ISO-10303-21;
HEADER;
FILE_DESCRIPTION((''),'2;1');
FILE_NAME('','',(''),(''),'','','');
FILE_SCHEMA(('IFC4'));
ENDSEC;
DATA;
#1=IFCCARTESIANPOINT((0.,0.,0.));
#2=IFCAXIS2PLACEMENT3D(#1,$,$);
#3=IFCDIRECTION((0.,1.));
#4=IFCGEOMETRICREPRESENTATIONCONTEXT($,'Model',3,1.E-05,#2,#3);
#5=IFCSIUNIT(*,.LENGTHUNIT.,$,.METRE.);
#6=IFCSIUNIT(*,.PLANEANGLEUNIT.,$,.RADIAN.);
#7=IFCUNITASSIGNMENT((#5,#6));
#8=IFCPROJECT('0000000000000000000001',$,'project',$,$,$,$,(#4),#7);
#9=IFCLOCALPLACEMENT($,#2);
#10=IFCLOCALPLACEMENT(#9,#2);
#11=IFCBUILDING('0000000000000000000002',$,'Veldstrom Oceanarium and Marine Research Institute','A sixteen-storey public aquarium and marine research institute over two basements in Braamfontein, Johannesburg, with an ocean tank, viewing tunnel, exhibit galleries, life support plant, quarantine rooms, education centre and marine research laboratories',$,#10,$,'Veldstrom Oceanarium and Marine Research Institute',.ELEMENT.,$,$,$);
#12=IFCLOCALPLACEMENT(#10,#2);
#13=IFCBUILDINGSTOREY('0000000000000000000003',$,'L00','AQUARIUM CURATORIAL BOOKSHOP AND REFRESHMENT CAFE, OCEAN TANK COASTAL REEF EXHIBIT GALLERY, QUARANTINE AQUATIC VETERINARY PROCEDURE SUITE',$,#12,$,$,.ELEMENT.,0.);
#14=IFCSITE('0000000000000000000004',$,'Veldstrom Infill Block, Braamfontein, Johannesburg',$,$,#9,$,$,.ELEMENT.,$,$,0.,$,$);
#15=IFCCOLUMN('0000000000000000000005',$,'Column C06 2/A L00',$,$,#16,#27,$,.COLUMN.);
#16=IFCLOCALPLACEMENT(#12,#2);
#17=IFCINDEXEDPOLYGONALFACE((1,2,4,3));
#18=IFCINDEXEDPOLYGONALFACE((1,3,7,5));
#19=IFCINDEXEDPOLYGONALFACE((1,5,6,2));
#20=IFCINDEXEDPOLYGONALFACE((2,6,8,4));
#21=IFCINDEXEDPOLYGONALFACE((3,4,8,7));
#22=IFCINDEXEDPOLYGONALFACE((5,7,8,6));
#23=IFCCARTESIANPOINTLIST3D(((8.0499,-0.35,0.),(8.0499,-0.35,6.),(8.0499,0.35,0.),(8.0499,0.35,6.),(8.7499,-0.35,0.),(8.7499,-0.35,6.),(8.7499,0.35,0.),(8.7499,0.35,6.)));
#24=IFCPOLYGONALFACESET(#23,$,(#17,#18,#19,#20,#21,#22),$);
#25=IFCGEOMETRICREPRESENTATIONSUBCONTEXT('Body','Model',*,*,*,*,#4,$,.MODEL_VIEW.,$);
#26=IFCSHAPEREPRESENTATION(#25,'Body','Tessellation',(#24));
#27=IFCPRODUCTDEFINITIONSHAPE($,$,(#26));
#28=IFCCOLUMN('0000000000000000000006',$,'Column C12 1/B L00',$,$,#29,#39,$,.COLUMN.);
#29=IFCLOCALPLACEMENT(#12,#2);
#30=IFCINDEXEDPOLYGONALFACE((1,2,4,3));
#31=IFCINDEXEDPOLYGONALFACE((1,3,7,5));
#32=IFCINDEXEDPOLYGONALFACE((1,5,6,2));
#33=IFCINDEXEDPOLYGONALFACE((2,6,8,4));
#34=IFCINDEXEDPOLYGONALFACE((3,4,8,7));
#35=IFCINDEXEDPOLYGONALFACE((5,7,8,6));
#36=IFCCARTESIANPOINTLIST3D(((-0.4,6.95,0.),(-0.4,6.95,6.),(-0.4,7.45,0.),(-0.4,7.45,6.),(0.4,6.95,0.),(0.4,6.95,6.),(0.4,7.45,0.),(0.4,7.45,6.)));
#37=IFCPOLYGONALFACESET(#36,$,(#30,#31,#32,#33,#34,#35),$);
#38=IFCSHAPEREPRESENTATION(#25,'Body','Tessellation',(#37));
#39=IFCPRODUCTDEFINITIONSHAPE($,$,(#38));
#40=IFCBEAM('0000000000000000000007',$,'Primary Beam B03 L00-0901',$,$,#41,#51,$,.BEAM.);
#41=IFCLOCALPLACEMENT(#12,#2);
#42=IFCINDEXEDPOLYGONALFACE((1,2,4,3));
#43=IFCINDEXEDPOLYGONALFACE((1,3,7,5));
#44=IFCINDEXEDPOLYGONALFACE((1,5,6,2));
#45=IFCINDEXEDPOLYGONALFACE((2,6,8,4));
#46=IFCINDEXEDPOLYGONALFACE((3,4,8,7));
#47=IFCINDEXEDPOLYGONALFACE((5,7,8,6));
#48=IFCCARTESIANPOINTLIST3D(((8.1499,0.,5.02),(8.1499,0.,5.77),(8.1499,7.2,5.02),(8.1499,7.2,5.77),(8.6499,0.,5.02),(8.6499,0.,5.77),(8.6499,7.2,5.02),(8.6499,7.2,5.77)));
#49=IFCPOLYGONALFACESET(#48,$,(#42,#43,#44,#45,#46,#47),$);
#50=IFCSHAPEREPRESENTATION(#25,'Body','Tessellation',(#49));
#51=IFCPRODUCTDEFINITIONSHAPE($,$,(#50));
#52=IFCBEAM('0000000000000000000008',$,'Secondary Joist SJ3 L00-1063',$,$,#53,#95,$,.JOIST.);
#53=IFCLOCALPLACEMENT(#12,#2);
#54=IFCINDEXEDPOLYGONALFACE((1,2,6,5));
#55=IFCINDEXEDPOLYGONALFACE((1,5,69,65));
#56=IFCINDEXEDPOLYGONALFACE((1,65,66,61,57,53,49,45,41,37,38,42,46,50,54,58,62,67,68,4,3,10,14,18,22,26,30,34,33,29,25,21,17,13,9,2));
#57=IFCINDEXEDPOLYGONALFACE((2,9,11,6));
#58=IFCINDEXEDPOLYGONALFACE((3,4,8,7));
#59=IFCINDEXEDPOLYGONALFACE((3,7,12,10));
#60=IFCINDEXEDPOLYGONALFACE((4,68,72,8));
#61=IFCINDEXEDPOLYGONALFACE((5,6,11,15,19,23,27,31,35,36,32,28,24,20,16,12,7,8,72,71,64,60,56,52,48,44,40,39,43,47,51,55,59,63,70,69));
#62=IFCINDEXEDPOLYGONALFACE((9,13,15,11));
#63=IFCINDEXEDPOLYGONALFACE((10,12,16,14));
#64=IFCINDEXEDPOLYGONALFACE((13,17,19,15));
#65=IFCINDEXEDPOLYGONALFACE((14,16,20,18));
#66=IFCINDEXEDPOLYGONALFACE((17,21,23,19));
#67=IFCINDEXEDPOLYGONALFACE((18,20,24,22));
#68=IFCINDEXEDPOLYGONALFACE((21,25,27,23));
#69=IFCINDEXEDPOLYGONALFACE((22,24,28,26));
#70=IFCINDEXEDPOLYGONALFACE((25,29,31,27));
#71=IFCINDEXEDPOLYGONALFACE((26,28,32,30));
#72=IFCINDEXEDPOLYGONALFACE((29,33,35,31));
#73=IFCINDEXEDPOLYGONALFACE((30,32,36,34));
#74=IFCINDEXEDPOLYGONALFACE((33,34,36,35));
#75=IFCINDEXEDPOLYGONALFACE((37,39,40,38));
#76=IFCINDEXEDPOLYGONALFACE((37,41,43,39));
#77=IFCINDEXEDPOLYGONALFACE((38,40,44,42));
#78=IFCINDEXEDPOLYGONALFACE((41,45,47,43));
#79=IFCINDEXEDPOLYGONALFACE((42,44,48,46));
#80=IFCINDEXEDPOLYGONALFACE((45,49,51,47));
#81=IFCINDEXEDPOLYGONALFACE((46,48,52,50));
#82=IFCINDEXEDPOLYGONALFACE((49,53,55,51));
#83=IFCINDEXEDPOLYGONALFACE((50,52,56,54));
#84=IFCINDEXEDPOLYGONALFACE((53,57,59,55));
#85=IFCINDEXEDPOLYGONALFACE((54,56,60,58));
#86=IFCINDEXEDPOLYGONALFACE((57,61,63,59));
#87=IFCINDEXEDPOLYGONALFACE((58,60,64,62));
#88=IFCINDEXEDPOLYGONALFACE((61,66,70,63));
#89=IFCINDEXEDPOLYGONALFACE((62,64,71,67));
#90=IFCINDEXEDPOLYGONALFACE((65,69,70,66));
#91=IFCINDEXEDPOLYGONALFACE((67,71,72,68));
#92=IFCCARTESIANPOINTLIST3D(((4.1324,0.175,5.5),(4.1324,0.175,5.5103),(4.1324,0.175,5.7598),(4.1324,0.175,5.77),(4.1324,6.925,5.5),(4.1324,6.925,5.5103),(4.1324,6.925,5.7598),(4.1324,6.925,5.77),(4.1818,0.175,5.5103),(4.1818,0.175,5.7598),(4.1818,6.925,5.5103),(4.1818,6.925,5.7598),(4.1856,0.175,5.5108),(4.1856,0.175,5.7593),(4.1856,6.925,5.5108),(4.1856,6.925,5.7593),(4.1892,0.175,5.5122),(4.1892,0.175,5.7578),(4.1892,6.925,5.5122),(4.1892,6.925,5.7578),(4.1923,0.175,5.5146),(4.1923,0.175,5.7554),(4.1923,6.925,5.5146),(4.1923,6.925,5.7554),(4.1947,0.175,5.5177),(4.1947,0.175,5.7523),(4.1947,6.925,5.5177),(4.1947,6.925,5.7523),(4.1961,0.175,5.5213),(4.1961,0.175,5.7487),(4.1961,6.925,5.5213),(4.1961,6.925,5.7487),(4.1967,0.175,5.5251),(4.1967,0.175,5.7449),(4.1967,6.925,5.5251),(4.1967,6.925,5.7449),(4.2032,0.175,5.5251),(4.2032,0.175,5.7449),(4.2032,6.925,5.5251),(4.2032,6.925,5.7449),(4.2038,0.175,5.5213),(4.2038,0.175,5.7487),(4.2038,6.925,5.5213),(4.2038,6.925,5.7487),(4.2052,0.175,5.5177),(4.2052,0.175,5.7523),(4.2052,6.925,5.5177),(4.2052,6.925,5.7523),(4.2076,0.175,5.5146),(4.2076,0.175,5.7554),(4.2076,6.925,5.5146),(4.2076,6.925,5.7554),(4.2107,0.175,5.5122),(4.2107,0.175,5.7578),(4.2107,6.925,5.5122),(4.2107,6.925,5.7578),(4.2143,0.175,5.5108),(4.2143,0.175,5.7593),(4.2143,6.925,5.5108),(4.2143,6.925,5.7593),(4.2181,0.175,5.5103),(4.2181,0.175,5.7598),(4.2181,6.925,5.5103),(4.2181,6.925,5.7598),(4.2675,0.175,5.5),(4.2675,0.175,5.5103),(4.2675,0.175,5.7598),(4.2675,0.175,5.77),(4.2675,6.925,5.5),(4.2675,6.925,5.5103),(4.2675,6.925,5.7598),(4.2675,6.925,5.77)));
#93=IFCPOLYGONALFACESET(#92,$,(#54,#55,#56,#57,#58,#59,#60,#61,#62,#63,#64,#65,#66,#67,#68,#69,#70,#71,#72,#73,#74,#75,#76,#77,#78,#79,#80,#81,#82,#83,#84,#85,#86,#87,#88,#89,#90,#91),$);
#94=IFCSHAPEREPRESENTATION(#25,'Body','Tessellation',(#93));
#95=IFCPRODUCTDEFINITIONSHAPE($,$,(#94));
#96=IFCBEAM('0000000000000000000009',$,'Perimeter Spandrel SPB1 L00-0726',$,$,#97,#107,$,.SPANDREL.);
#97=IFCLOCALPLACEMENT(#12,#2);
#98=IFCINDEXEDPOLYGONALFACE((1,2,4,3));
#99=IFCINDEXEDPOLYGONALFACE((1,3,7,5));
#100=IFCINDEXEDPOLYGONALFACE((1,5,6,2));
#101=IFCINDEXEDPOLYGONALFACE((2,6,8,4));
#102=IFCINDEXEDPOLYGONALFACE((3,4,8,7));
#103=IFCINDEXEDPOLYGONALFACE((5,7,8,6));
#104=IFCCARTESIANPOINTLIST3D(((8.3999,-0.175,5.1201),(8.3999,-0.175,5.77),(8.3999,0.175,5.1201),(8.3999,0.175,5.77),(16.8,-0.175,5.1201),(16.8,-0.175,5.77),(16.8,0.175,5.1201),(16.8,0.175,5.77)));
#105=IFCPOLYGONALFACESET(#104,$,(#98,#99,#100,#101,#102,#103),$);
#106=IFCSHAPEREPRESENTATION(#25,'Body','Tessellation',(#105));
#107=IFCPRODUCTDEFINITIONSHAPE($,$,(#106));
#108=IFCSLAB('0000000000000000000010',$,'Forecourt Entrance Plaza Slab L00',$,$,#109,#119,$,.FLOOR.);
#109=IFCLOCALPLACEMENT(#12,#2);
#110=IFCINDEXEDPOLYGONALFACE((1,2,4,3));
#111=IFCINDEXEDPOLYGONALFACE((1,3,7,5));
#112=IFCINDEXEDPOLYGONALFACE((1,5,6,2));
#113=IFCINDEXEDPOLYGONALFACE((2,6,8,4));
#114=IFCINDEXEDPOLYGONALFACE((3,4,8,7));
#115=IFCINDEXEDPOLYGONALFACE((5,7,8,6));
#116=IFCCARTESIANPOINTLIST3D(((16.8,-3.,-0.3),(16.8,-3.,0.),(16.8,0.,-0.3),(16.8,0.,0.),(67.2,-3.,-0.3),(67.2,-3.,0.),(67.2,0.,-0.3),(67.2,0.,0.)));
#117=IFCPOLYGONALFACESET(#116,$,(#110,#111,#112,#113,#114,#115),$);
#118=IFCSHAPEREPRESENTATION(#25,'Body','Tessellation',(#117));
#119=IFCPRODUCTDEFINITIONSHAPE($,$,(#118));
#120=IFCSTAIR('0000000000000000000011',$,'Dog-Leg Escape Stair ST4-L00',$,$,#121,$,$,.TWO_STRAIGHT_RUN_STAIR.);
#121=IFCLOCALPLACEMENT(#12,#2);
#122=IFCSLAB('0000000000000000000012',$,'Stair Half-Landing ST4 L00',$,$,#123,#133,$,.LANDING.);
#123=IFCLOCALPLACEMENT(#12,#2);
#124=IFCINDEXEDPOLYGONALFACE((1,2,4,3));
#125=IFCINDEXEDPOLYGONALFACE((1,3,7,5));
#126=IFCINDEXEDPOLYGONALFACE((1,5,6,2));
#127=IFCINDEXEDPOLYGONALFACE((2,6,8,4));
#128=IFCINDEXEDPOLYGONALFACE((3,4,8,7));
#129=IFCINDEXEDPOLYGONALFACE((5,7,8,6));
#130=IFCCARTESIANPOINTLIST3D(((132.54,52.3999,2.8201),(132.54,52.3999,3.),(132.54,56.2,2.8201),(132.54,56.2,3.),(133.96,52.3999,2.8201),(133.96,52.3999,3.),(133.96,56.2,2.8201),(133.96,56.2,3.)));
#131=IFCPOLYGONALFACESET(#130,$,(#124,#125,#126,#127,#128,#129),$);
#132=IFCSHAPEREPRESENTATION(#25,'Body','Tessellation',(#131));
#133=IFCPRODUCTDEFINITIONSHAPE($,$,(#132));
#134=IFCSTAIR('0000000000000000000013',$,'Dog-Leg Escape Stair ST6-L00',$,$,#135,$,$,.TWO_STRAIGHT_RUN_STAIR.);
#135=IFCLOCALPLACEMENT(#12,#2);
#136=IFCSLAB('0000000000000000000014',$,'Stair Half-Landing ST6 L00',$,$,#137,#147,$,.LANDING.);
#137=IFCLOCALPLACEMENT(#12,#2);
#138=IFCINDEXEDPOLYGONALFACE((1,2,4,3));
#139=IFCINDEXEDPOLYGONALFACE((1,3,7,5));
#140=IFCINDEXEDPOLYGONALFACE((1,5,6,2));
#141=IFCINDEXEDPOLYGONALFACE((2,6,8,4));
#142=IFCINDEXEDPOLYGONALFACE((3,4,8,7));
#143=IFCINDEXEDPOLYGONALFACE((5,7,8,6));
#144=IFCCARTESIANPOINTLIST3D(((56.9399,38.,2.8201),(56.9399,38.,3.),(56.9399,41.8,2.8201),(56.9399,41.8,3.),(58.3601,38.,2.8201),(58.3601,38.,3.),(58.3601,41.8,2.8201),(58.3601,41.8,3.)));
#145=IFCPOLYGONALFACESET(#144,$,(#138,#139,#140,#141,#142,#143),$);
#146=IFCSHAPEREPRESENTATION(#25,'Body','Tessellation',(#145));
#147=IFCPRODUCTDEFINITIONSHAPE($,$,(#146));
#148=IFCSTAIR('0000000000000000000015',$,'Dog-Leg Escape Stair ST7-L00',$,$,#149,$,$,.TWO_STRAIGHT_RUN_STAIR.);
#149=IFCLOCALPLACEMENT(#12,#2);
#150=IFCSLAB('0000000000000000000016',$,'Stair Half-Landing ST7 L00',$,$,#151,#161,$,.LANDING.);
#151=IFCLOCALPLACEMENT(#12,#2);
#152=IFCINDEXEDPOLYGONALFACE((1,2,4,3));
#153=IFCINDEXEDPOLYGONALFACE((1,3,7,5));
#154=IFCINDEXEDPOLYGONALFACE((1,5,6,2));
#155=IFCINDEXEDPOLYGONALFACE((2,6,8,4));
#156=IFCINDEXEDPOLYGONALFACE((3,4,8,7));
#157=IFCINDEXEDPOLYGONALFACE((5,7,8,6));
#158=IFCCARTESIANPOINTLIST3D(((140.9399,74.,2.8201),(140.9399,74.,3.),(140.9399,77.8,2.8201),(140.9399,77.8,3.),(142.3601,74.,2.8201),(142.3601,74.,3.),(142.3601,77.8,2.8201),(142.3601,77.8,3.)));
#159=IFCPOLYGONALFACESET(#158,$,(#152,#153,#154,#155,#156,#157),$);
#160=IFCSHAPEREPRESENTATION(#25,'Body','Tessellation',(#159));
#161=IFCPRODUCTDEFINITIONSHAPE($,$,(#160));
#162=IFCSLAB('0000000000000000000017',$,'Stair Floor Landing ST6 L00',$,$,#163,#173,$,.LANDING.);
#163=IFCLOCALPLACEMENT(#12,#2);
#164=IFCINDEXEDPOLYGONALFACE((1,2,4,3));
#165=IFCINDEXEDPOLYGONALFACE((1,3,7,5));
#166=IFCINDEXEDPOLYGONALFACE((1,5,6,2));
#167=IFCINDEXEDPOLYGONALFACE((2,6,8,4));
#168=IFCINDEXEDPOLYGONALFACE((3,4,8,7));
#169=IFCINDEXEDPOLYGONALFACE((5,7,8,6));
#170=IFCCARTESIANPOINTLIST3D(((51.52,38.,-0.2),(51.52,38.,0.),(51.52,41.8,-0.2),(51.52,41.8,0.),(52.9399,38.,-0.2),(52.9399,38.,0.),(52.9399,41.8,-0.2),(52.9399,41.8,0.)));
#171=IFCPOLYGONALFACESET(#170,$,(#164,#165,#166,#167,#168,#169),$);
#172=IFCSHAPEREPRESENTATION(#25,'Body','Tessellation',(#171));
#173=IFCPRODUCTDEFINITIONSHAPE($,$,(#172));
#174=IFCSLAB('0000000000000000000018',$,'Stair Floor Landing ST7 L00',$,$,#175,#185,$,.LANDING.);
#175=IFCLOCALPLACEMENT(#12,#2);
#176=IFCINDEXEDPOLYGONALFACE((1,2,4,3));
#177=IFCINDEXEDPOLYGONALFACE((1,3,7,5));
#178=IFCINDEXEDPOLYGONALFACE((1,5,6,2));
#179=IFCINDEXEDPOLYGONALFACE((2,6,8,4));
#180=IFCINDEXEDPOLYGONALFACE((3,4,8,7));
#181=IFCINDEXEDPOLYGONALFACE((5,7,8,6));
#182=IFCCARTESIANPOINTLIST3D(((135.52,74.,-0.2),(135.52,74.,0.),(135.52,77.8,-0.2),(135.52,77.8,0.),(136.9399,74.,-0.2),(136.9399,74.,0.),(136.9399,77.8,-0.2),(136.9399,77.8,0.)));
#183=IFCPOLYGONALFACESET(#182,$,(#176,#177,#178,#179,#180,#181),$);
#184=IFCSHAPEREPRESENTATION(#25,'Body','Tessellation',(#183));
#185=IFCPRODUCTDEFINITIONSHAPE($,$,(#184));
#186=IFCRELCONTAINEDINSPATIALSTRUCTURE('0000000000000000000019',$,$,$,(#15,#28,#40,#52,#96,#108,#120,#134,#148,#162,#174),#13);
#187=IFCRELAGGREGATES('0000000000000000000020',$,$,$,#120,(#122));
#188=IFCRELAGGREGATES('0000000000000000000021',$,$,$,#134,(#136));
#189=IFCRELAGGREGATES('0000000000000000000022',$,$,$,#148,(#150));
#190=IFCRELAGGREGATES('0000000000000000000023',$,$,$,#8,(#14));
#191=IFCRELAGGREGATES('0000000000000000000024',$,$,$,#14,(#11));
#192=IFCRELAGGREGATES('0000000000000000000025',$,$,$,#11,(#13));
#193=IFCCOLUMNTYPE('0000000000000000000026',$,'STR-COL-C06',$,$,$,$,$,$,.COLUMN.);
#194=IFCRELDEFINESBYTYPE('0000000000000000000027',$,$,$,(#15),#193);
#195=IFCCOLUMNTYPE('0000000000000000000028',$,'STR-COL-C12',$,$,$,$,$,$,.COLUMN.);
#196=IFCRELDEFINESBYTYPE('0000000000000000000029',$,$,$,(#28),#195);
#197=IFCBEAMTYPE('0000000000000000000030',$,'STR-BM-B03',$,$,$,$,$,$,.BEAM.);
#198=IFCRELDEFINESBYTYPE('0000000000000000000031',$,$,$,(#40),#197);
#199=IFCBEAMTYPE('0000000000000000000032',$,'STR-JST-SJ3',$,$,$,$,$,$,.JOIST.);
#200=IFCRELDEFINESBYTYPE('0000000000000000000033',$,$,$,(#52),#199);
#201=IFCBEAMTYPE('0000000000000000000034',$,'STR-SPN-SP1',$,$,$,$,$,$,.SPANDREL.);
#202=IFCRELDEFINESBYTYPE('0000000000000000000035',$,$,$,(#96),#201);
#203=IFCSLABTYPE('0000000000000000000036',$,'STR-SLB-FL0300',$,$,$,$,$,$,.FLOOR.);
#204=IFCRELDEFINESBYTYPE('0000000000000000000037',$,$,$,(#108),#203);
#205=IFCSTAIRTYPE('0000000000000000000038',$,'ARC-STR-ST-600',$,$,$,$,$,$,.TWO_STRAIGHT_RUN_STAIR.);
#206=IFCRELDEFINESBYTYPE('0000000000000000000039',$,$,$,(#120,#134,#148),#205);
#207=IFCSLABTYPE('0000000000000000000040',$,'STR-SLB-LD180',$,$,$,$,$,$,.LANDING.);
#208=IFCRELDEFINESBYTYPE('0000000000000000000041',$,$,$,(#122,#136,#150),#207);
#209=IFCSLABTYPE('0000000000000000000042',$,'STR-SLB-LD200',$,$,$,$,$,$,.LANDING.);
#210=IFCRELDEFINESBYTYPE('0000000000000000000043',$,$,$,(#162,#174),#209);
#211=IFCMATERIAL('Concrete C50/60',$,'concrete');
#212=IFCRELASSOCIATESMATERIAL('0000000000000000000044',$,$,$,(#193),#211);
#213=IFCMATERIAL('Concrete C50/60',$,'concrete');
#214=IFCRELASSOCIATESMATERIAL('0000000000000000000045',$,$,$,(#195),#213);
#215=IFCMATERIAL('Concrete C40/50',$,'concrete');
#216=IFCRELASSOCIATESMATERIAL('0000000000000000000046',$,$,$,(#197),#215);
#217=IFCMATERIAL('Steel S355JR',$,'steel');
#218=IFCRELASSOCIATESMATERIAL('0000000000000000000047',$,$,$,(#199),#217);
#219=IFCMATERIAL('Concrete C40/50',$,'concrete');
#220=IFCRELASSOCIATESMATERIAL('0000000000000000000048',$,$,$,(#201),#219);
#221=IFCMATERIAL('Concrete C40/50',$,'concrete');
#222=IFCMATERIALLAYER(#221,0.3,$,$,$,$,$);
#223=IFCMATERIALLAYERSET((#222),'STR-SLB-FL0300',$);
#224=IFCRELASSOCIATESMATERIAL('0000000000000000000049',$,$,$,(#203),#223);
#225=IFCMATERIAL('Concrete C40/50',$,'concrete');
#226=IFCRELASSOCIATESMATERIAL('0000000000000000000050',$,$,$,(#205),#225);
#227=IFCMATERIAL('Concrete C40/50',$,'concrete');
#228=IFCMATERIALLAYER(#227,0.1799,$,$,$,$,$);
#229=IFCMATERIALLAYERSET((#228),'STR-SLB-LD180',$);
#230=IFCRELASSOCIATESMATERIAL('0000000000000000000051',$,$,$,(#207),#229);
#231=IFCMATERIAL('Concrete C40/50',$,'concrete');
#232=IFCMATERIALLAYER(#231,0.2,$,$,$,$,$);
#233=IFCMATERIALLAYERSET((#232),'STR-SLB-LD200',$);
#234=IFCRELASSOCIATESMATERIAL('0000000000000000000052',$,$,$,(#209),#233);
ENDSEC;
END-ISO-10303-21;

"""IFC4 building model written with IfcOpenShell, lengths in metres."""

from ifc_helpers import new_model, si_unit, direction, frame, origin, origin_2d, place, context, subcontext, project, spatial, polyline, rectangle, i_section, outline, extrude, material, layer, layer_set, material_profile, profile_set, type_object, element, aggregate, save


model = new_model("IFC4")

# Units and contexts
model_context = context("Model", 3, precision=1e-05, world=origin(), true_north=direction((0.0, 1.0)))
body_context = subcontext(model_context, "Body", "Model", "MODEL_VIEW")
ifc_project = project(units=[si_unit("LENGTHUNIT", "METRE"), si_unit("PLANEANGLEUNIT", "RADIAN")], contexts=[model_context])

# Site, building, storey
site_placement = place(None, origin())
site = spatial("IfcSite", under=ifc_project, at=site_placement, Name="Veldstrom Infill Block, Braamfontein, Johannesburg", CompositionType="ELEMENT", RefElevation=0.0)
building_placement = place(site_placement, origin())
building = spatial("IfcBuilding", under=site, at=building_placement, Name="Veldstrom Oceanarium and Marine Research Institute", Description="A sixteen-storey public aquarium and marine research institute over two basements in Braamfontein, Johannesburg, with an ocean tank, viewing tunnel, exhibit galleries, life support plant, quarantine rooms, education centre and marine research laboratories", LongName="Veldstrom Oceanarium and Marine Research Institute", CompositionType="ELEMENT")
storey_placement = place(building_placement, origin())
storey = spatial("IfcBuildingStorey", under=building, at=storey_placement, Name="L00", Description="AQUARIUM CURATORIAL BOOKSHOP AND REFRESHMENT CAFE, OCEAN TANK COASTAL REEF EXHIBIT GALLERY, QUARANTINE AQUATIC VETERINARY PROCEDURE SUITE", CompositionType="ELEMENT", Elevation=0.0)

# Columns
ifc_material_1 = material(Name="Concrete C50/60", Category="concrete")
ifc_material_profile_1 = material_profile(ifc_material_1, rectangle(XDim=0.7, YDim=0.7, at=origin_2d()), Name="RC-COL-700x700")
ifc_profile_set_1 = profile_set([ifc_material_profile_1], Name="Concrete C50/60")
column_type_1 = type_object("IfcColumnType", Name="STR-COL-C06", PredefinedType="COLUMN", material=ifc_profile_set_1)
column_1_placement = place(storey_placement, frame((8.3999, 0.0, 0.0), z_axis=(0.0, 0.0, 1.0), x_axis=(1.0, 0.0, 0.0)))
element("IfcColumn", 1, at=column_1_placement, inside=storey, type_object=column_type_1, Name="Column C06 2/A L00", PredefinedType="COLUMN", context=body_context, shape_type="SweptSolid", body=[
    extrude(rectangle(XDim=0.7, YDim=0.7, at=origin_2d()), origin(), (0.0, 0.0, 1.0), 6.0),
])
ifc_material_2 = material(Name="Concrete C50/60", Category="concrete")
ifc_material_profile_2 = material_profile(ifc_material_2, rectangle(XDim=0.5, YDim=0.8, at=origin_2d()), Name="RC-COL-800x500")
ifc_profile_set_2 = profile_set([ifc_material_profile_2], Name="Concrete C50/60")
column_type_2 = type_object("IfcColumnType", Name="STR-COL-C12", PredefinedType="COLUMN", material=ifc_profile_set_2)
column_2_placement = place(storey_placement, frame((0.0, 7.2, 0.0), z_axis=(0.0, 0.0, 1.0), x_axis=(0.0, 1.0, 0.0)))
element("IfcColumn", 2, at=column_2_placement, inside=storey, type_object=column_type_2, Name="Column C12 1/B L00", PredefinedType="COLUMN", context=body_context, shape_type="SweptSolid", body=[
    extrude(rectangle(XDim=0.5, YDim=0.8, at=origin_2d()), origin(), (0.0, 0.0, 1.0), 6.0),
])

# Beams
ifc_material_3 = material(Name="Concrete C40/50", Category="concrete")
ifc_material_profile_3 = material_profile(ifc_material_3, rectangle(XDim=0.5, YDim=0.75, at=origin_2d()), Name="RC-BM-500x750")
ifc_profile_set_3 = profile_set([ifc_material_profile_3], Name="Concrete C40/50")
beam_type_1 = type_object("IfcBeamType", Name="STR-BM-B03", PredefinedType="BEAM", material=ifc_profile_set_3)
beam_1_placement = place(storey_placement, frame((8.3999, 0.0, 5.395), z_axis=(0.0, 1.0, 0.0), x_axis=(-1.0, 0.0, 0.0)))
element("IfcBeam", 3, at=beam_1_placement, inside=storey, type_object=beam_type_1, Name="Primary Beam B03 L00-0901", PredefinedType="BEAM", context=body_context, shape_type="SweptSolid", body=[
    extrude(rectangle(XDim=0.5, YDim=0.75, at=origin_2d()), origin(), (0.0, 0.0, 1.0), 7.2),
])
ifc_material_4 = material(Name="Steel S355JR", Category="steel")
ifc_material_profile_4 = material_profile(ifc_material_4, i_section(OverallWidth=0.135, OverallDepth=0.27, WebThickness=0.0066, FlangeThickness=0.0103, FilletRadius=0.0149, at=origin_2d()), Name="IPE 270")
ifc_profile_set_4 = profile_set([ifc_material_profile_4], Name="Steel S355JR")
beam_type_2 = type_object("IfcBeamType", Name="STR-JST-SJ3", PredefinedType="JOIST", material=ifc_profile_set_4)
beam_2_placement = place(storey_placement, frame((4.2, 0.175, 5.635), z_axis=(0.0, 1.0, 0.0), x_axis=(-1.0, 0.0, 0.0)))
element("IfcBeam", 4, at=beam_2_placement, inside=storey, type_object=beam_type_2, Name="Secondary Joist SJ3 L00-1063", PredefinedType="JOIST", context=body_context, shape_type="SweptSolid", body=[
    extrude(i_section(OverallWidth=0.135, OverallDepth=0.27, WebThickness=0.0066, FlangeThickness=0.0103, FilletRadius=0.0149, at=origin_2d()), origin(), (0.0, 0.0, 1.0), 6.75),
])
ifc_material_5 = material(Name="Concrete C40/50", Category="concrete")
ifc_material_profile_5 = material_profile(ifc_material_5, rectangle(XDim=0.3501, YDim=0.6499, at=origin_2d()), Name="RC-SPN-350x650")
ifc_profile_set_5 = profile_set([ifc_material_profile_5], Name="Concrete C40/50")
beam_type_3 = type_object("IfcBeamType", Name="STR-SPN-SP1", PredefinedType="SPANDREL", material=ifc_profile_set_5)
beam_3_placement = place(storey_placement, frame((8.3999, 0.0, 5.4451), z_axis=(1.0, 0.0, 0.0), x_axis=(0.0, 1.0, 0.0)))
element("IfcBeam", 5, at=beam_3_placement, inside=storey, type_object=beam_type_3, Name="Perimeter Spandrel SPB1 L00-0726", PredefinedType="SPANDREL", context=body_context, shape_type="SweptSolid", body=[
    extrude(rectangle(XDim=0.3501, YDim=0.6499, at=origin_2d()), origin(), (0.0, 0.0, 1.0), 8.4001),
])

# Slab
ifc_material_6 = material(Name="Concrete C40/50", Category="concrete")
ifc_layer_1 = layer(ifc_material_6, 0.3)
ifc_layer_set_1 = layer_set([ifc_layer_1], Name="STR-SLB-FL0300")
slab_type_1 = type_object("IfcSlabType", Name="STR-SLB-FL0300", PredefinedType="FLOOR", material=ifc_layer_set_1)
slab_1_placement = place(storey_placement, frame((0.0, 0.0, -0.3)))
element("IfcSlab", 6, at=slab_1_placement, inside=storey, type_object=slab_type_1, Name="Forecourt Entrance Plaza Slab L00", PredefinedType="FLOOR", context=body_context, shape_type="SweptSolid", body=[
    extrude(outline(polyline([(16.8, -3.0), (67.2, -3.0), (67.2, 0.0), (16.8, 0.0), (16.8, -3.0)])), origin(), (0.0, 0.0, 1.0), 0.3),
])

# Stairs, slabs
ifc_material_7 = material(Name="Concrete C40/50", Category="concrete")
stair_type = type_object("IfcStairType", Name="ARC-STR-ST-600", PredefinedType="TWO_STRAIGHT_RUN_STAIR", material=ifc_material_7)
stair_1_placement = place(storey_placement, origin())
stair_1 = element("IfcStair", 7, at=stair_1_placement, inside=storey, type_object=stair_type, Name="Dog-Leg Escape Stair ST4-L00", PredefinedType="TWO_STRAIGHT_RUN_STAIR")
ifc_material_8 = material(Name="Concrete C40/50", Category="concrete")
ifc_layer_2 = layer(ifc_material_8, 0.1799)
ifc_layer_set_2 = layer_set([ifc_layer_2], Name="STR-SLB-LD180")
slab_type_2 = type_object("IfcSlabType", Name="STR-SLB-LD180", PredefinedType="LANDING", material=ifc_layer_set_2)
slab_2_placement = place(storey_placement, frame((0.0, 0.0, 2.8201)))
slab_2 = element("IfcSlab", 8, at=slab_2_placement, type_object=slab_type_2, Name="Stair Half-Landing ST4 L00", PredefinedType="LANDING", context=body_context, shape_type="SweptSolid", body=[
    extrude(outline(polyline([(132.54, 52.3999), (133.96, 52.3999), (133.96, 56.2), (132.54, 56.2), (132.54, 52.3999)])), origin(), (0.0, 0.0, 1.0), 0.1799),
])
aggregate(stair_1, [slab_2])
stair_2_placement = place(storey_placement, origin())
stair_2 = element("IfcStair", 9, at=stair_2_placement, inside=storey, type_object=stair_type, Name="Dog-Leg Escape Stair ST6-L00", PredefinedType="TWO_STRAIGHT_RUN_STAIR")
slab_3_placement = place(storey_placement, frame((0.0, 0.0, 2.8201)))
slab_3 = element("IfcSlab", 10, at=slab_3_placement, type_object=slab_type_2, Name="Stair Half-Landing ST6 L00", PredefinedType="LANDING", context=body_context, shape_type="SweptSolid", body=[
    extrude(outline(polyline([(56.9399, 38.0), (58.3601, 38.0), (58.3601, 41.8), (56.9399, 41.8), (56.9399, 38.0)])), origin(), (0.0, 0.0, 1.0), 0.1799),
])
aggregate(stair_2, [slab_3])
stair_3_placement = place(storey_placement, origin())
stair_3 = element("IfcStair", 11, at=stair_3_placement, inside=storey, type_object=stair_type, Name="Dog-Leg Escape Stair ST7-L00", PredefinedType="TWO_STRAIGHT_RUN_STAIR")
slab_4_placement = place(storey_placement, frame((0.0, 0.0, 2.8201)))
slab_4 = element("IfcSlab", 12, at=slab_4_placement, type_object=slab_type_2, Name="Stair Half-Landing ST7 L00", PredefinedType="LANDING", context=body_context, shape_type="SweptSolid", body=[
    extrude(outline(polyline([(140.9399, 74.0), (142.3601, 74.0), (142.3601, 77.8), (140.9399, 77.8), (140.9399, 74.0)])), origin(), (0.0, 0.0, 1.0), 0.1799),
])
aggregate(stair_3, [slab_4])

# Slabs
ifc_material_9 = material(Name="Concrete C40/50", Category="concrete")
ifc_layer_3 = layer(ifc_material_9, 0.2)
ifc_layer_set_3 = layer_set([ifc_layer_3], Name="STR-SLB-LD200")
slab_type_3 = type_object("IfcSlabType", Name="STR-SLB-LD200", PredefinedType="LANDING", material=ifc_layer_set_3)
slab_5_placement = place(storey_placement, frame((0.0, 0.0, -0.2)))
element("IfcSlab", 13, at=slab_5_placement, inside=storey, type_object=slab_type_3, Name="Stair Floor Landing ST6 L00", PredefinedType="LANDING", context=body_context, shape_type="SweptSolid", body=[
    extrude(outline(polyline([(51.52, 38.0), (52.9399, 38.0), (52.9399, 41.8), (51.52, 41.8), (51.52, 38.0)])), origin(), (0.0, 0.0, 1.0), 0.2),
])
slab_6_placement = place(storey_placement, frame((0.0, 0.0, -0.2)))
element("IfcSlab", 14, at=slab_6_placement, inside=storey, type_object=slab_type_3, Name="Stair Floor Landing ST7 L00", PredefinedType="LANDING", context=body_context, shape_type="SweptSolid", body=[
    extrude(outline(polyline([(135.52, 74.0), (136.9399, 74.0), (136.9399, 77.8), (135.52, 77.8), (135.52, 74.0)])), origin(), (0.0, 0.0, 1.0), 0.2),
])

save(model, "model.ifc")
